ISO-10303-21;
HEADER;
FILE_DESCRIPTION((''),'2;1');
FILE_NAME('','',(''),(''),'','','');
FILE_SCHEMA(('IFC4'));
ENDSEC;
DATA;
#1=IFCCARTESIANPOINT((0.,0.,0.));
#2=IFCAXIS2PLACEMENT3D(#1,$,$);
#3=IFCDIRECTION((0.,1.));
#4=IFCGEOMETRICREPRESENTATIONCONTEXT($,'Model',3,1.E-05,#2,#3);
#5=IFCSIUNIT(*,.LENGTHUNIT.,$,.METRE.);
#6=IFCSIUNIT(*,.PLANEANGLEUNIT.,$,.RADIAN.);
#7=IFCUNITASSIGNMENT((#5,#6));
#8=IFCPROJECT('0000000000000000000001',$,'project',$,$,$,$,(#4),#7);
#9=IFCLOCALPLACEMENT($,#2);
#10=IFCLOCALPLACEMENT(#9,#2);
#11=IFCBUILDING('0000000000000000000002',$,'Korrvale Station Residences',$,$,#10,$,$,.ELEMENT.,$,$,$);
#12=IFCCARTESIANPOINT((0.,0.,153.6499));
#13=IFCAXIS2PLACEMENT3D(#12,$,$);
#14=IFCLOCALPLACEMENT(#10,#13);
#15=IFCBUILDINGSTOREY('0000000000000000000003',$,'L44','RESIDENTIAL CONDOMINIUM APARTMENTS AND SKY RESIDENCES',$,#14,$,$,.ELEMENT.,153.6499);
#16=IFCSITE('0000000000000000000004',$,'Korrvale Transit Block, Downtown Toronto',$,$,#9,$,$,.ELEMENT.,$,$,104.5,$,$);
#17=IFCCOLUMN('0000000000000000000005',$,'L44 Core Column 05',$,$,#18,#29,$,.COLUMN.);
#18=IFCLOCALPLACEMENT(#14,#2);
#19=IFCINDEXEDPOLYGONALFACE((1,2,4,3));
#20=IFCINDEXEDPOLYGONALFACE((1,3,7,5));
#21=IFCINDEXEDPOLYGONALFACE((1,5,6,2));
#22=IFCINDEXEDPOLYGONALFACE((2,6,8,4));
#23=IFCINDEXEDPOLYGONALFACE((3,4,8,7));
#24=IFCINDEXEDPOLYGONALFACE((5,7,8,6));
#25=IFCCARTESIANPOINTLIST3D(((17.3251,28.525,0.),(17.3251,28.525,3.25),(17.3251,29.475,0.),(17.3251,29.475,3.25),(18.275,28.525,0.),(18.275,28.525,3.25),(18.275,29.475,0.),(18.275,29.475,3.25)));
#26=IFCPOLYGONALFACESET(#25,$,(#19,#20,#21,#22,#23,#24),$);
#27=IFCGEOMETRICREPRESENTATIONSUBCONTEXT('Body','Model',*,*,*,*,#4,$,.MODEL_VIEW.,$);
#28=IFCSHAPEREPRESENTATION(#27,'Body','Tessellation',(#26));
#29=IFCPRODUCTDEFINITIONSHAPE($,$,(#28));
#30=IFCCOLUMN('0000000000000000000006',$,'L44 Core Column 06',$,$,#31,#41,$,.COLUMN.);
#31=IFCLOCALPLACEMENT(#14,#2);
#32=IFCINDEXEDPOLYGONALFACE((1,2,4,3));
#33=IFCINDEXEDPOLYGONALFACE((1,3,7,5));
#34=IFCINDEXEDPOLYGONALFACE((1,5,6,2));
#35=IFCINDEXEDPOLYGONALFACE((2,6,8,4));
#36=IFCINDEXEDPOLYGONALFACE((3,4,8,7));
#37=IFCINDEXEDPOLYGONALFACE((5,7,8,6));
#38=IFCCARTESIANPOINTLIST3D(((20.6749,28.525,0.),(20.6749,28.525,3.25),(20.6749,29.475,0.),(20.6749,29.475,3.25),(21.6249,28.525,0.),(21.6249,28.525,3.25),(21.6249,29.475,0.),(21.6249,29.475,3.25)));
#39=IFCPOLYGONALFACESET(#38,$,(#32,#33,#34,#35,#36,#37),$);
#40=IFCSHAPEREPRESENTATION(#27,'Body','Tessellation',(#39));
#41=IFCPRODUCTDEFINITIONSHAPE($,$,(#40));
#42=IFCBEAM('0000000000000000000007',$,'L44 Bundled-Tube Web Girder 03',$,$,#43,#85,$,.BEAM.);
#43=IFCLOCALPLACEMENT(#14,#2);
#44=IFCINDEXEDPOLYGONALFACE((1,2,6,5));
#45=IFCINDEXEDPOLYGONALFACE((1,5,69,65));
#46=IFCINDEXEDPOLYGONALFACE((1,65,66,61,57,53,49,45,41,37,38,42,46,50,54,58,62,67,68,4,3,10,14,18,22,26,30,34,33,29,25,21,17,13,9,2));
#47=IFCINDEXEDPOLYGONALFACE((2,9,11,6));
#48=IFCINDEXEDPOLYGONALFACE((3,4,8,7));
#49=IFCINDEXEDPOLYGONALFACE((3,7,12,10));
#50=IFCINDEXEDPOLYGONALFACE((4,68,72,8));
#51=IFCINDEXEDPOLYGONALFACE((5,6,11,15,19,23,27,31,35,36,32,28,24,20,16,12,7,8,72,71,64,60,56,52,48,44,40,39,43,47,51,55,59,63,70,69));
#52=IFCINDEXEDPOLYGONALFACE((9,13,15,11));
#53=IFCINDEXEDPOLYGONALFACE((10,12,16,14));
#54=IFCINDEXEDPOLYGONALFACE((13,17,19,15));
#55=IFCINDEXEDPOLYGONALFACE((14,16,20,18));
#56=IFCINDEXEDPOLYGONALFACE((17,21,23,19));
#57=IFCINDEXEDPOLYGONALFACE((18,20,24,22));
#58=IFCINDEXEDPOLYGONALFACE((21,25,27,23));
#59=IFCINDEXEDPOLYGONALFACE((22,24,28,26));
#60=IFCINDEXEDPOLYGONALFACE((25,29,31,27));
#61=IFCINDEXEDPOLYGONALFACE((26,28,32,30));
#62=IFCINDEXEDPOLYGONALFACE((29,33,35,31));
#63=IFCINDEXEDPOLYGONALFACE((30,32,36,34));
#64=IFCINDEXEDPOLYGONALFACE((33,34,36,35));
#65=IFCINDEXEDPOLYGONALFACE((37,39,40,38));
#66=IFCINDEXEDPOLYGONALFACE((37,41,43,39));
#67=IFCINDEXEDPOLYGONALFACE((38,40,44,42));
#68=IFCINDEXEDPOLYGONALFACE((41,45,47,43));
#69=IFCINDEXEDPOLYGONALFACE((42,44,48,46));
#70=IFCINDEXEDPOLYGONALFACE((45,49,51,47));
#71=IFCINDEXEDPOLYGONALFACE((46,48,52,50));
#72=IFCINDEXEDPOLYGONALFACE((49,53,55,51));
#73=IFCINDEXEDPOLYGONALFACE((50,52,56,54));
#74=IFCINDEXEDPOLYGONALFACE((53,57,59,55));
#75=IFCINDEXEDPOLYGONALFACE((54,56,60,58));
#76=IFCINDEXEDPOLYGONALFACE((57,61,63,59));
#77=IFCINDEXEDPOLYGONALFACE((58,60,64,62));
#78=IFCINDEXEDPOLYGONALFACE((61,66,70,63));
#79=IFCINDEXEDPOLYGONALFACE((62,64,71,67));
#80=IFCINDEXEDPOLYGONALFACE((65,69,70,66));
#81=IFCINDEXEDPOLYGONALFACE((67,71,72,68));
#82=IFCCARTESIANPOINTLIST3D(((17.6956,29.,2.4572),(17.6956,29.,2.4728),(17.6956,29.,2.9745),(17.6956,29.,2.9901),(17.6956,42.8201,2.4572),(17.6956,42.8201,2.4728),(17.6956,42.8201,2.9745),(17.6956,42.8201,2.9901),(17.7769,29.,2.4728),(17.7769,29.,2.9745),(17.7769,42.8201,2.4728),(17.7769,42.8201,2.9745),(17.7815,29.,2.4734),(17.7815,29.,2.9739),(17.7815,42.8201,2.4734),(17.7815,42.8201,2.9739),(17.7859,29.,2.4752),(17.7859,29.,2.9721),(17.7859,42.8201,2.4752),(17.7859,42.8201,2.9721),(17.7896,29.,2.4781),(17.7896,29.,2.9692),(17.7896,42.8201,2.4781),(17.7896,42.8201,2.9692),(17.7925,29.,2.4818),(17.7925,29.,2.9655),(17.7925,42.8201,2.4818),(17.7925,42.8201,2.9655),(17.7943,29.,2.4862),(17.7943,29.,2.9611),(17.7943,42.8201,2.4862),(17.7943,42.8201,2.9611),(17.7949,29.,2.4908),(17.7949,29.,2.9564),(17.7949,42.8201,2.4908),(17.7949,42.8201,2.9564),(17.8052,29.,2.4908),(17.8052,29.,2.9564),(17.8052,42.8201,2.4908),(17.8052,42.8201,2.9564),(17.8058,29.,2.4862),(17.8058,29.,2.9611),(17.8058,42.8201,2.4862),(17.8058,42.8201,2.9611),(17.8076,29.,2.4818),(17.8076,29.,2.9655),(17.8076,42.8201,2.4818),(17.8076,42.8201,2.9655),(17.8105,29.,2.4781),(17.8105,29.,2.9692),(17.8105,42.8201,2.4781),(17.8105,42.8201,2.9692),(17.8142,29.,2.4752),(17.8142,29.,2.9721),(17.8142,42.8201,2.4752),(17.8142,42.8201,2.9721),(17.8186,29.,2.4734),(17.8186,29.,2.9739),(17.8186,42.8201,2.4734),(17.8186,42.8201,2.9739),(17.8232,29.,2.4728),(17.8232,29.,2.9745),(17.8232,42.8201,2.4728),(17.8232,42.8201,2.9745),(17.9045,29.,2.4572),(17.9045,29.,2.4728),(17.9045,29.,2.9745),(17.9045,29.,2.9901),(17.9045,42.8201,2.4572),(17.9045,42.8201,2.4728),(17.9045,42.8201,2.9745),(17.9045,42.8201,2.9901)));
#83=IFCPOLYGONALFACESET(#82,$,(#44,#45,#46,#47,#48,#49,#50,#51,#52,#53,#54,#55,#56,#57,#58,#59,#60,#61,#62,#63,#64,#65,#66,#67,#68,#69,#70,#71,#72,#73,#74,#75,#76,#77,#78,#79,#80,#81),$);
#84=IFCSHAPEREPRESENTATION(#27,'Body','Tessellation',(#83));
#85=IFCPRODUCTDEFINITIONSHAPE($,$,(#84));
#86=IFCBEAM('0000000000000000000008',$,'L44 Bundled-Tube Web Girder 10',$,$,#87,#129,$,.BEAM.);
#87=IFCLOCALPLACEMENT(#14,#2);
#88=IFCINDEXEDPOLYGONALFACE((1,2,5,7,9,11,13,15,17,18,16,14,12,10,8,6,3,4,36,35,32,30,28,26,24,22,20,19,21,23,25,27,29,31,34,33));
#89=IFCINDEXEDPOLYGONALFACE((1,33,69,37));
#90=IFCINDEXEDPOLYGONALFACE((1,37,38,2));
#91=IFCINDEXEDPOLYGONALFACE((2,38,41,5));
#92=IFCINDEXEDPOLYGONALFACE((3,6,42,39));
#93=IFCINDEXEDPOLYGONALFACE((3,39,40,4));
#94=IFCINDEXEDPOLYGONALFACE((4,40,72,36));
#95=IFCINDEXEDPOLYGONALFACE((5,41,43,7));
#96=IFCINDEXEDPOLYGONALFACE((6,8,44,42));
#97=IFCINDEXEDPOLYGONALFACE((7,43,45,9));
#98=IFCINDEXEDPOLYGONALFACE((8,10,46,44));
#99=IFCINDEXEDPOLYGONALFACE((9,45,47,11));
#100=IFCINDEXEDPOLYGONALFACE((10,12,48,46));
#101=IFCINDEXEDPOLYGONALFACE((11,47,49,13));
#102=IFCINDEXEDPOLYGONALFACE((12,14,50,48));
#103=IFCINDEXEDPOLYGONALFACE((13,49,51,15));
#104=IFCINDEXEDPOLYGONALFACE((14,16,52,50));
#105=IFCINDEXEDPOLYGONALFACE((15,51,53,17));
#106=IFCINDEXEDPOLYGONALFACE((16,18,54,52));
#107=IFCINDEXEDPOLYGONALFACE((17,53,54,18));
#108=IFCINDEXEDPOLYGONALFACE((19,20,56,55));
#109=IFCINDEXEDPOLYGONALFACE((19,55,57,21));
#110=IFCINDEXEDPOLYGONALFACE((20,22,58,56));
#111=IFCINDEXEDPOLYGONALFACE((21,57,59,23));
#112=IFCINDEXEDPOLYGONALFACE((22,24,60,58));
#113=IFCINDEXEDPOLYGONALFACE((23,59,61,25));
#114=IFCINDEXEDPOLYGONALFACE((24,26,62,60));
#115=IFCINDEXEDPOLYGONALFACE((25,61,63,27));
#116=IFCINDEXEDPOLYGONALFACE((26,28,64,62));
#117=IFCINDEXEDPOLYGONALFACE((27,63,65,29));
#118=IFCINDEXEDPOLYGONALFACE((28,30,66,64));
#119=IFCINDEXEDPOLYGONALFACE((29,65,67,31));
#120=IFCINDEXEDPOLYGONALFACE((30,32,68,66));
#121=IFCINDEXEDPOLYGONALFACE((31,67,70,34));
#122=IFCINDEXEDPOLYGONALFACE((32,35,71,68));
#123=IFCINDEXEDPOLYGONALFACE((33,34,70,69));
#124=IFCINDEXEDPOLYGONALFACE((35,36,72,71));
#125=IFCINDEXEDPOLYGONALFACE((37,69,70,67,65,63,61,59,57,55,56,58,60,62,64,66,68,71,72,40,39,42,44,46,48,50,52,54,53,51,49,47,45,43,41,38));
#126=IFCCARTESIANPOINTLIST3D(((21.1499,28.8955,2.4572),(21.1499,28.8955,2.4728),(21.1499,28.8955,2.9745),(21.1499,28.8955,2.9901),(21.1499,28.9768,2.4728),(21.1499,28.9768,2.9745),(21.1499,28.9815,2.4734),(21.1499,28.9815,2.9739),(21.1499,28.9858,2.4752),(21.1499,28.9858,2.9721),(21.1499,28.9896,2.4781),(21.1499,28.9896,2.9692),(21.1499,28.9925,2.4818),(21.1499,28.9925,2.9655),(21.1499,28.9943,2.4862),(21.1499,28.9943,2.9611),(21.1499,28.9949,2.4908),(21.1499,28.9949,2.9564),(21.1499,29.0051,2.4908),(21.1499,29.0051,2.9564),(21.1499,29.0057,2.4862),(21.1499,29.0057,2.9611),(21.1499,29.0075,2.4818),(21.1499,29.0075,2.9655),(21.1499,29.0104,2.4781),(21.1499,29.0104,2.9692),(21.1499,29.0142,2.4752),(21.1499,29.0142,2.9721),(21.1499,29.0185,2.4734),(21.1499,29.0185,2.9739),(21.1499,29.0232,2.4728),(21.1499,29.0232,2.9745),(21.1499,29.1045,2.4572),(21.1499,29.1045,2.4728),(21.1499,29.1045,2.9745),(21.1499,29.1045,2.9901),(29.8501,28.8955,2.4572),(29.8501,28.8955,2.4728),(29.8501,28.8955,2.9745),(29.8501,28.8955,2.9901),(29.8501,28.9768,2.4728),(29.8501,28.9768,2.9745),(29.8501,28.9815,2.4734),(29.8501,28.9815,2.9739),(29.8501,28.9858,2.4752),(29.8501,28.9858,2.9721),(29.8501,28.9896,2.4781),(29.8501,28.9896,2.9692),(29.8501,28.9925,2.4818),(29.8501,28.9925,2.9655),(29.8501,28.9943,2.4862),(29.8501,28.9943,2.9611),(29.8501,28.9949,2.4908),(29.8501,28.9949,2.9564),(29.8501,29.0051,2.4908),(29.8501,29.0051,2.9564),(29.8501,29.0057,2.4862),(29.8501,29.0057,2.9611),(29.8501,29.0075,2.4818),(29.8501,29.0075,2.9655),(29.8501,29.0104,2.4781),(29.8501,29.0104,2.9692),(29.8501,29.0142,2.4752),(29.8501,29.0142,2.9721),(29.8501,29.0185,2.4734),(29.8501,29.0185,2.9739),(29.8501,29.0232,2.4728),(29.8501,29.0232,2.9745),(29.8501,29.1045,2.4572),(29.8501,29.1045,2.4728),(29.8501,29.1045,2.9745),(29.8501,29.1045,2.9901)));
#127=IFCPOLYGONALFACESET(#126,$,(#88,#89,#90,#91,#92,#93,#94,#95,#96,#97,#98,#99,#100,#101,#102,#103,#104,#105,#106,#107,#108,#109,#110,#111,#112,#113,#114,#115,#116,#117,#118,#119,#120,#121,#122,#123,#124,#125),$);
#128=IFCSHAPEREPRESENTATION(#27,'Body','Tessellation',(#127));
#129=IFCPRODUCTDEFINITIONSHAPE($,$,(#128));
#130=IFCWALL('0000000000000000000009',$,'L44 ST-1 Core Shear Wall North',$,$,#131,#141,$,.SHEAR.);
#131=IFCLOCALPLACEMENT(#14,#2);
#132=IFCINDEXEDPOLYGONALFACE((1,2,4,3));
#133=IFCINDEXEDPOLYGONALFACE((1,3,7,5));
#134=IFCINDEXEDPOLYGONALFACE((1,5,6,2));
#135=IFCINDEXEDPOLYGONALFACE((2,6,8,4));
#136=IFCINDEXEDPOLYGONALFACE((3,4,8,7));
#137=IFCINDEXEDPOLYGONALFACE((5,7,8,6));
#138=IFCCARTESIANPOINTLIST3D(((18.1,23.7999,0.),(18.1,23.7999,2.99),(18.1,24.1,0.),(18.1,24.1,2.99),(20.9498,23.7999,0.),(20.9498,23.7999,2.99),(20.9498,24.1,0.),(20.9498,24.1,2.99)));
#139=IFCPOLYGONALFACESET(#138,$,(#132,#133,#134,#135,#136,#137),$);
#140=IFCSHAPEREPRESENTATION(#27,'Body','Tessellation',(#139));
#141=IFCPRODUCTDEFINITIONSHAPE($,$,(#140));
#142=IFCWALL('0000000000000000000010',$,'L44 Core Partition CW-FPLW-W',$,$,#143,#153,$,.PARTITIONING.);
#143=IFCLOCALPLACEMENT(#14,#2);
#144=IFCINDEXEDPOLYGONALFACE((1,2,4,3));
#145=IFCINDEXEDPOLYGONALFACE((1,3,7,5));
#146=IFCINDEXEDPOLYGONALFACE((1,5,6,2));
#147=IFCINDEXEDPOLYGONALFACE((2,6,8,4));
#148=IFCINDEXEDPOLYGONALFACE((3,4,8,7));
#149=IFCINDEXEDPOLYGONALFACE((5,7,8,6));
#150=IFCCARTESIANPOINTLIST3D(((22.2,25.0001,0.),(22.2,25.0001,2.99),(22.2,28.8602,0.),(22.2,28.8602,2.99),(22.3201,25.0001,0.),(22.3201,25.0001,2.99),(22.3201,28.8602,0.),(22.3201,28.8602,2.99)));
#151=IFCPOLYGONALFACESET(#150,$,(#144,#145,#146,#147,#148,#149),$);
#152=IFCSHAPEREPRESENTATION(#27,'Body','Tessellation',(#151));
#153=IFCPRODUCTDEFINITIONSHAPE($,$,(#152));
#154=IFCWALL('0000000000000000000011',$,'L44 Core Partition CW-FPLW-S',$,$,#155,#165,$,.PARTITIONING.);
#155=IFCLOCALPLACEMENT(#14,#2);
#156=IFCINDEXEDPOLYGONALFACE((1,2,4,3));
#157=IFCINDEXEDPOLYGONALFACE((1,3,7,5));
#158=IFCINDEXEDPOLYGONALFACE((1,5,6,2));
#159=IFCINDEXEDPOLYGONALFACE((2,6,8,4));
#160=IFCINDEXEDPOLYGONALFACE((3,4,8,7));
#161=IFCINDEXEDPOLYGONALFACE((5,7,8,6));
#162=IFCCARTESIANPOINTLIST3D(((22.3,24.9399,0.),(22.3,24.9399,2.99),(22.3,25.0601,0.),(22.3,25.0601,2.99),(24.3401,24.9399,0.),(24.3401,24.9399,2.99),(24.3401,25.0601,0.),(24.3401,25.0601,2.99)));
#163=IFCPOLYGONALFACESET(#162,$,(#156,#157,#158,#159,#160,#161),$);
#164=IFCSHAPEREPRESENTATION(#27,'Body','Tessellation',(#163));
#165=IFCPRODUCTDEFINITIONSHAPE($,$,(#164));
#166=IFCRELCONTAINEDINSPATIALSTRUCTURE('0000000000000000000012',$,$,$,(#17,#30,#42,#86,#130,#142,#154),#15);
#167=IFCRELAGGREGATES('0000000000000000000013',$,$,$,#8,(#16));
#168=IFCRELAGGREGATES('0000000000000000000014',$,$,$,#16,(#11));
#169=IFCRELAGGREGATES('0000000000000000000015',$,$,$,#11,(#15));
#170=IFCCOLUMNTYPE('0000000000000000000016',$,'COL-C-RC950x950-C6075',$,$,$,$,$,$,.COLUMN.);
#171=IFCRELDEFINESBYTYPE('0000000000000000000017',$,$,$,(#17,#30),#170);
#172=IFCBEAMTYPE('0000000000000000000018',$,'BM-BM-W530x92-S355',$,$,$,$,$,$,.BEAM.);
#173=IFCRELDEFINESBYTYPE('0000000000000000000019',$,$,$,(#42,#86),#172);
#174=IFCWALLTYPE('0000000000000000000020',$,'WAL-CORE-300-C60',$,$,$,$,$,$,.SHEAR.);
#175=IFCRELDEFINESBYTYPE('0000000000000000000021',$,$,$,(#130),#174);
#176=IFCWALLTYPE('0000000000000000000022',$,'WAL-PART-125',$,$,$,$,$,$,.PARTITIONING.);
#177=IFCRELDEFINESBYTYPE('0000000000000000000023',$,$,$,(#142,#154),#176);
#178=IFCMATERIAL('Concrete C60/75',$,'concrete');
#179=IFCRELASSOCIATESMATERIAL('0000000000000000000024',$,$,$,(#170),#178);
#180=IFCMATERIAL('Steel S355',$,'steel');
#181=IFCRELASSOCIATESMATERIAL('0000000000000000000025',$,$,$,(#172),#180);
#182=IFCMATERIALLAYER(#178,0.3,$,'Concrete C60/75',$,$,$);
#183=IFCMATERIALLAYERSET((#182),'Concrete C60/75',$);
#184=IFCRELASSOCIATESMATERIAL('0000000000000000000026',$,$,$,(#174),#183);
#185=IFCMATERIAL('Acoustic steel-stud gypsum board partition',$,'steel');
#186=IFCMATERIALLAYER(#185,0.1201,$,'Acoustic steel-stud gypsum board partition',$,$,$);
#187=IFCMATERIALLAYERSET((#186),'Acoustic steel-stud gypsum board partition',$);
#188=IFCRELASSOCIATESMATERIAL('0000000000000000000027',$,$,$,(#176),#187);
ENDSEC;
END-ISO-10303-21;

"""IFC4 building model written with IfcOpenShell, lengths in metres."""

from ifc_helpers import new_model, si_unit, direction, frame, frame_2d, origin, origin_2d, place, context, subcontext, project, spatial, rectangle, i_section, extrude, material, layer, layer_set, material_profile, profile_set, type_object, element, save


model = new_model("IFC4")

# Units and contexts
model_context = context("Model", 3, precision=1e-05, world=origin(), true_north=direction((0.0, 1.0)))
body_context = subcontext(model_context, "Body", "Model", "MODEL_VIEW")
ifc_project = project(units=[si_unit("LENGTHUNIT", "METRE"), si_unit("PLANEANGLEUNIT", "RADIAN")], contexts=[model_context])

# Site, building, storey
site_placement = place(None, origin())
site = spatial("IfcSite", under=ifc_project, at=site_placement, Name="Korrvale Transit Block, Downtown Toronto", CompositionType="ELEMENT", RefElevation=104.5)
building_placement = place(site_placement, origin())
building = spatial("IfcBuilding", under=site, at=building_placement, Name="Korrvale Station Residences", CompositionType="ELEMENT")
storey_placement = place(building_placement, frame((0.0, 0.0, 153.6499)))
storey = spatial("IfcBuildingStorey", under=building, at=storey_placement, Name="L44", Description="RESIDENTIAL CONDOMINIUM APARTMENTS AND SKY RESIDENCES", CompositionType="ELEMENT", Elevation=153.6499)

# Columns
ifc_material_1 = material(Name="Concrete C60/75", Category="concrete")
ifc_material_profile_1 = material_profile(ifc_material_1, rectangle(XDim=0.95, YDim=0.95, at=origin_2d()), Name="RC950x950")
ifc_profile_set_1 = profile_set([ifc_material_profile_1], Name="Concrete C60/75")
column_type = type_object("IfcColumnType", Name="COL-C-RC950x950-C6075", PredefinedType="COLUMN", material=ifc_profile_set_1)
for number, where, z_axis, x_axis, name in (
    (1, (17.8, 29.0, 0.0), (0.0, 0.0, 1.0), (1.0, 0.0, 0.0), "L44 Core Column 05"),
    (2, (21.1499, 29.0, 0.0), (0.0, 0.0, 1.0), (1.0, 0.0, 0.0), "L44 Core Column 06"),
):
    element("IfcColumn", number, at=place(storey_placement, frame(where, z_axis=z_axis, x_axis=x_axis)), inside=storey, type_object=column_type, Name=name, PredefinedType="COLUMN", context=body_context, shape_type="SweptSolid", body=[
        extrude(rectangle(XDim=0.95, YDim=0.95, at=origin_2d()), origin(), (0.0, 0.0, 1.0), 3.25),
    ])

# Beams
ifc_material_2 = material(Name="Steel S355", Category="steel")
ifc_material_profile_2 = material_profile(ifc_material_2, i_section(OverallWidth=0.209, OverallDepth=0.533, WebThickness=0.0103, FlangeThickness=0.0156, FilletRadius=0.0181, at=origin_2d()), Name="W530x92")
ifc_profile_set_2 = profile_set([ifc_material_profile_2], Name="Steel S355")
beam_type = type_object("IfcBeamType", Name="BM-BM-W530x92-S355", PredefinedType="BEAM", material=ifc_profile_set_2)
beam_1_placement = place(storey_placement, frame((17.8, 29.0, 2.7236), z_axis=(0.0, 1.0, 0.0), x_axis=(-1.0, 0.0, 0.0)))
element("IfcBeam", 3, at=beam_1_placement, inside=storey, type_object=beam_type, Name="L44 Bundled-Tube Web Girder 03", PredefinedType="BEAM", context=body_context, shape_type="SweptSolid", body=[
    extrude(i_section(OverallWidth=0.209, OverallDepth=0.533, WebThickness=0.0103, FlangeThickness=0.0156, FilletRadius=0.0181, at=origin_2d()), origin(), (0.0, 0.0, 1.0), 13.8201),
])
beam_2_placement = place(storey_placement, frame((21.1499, 29.0, 2.7236), z_axis=(1.0, 0.0, 0.0), x_axis=(0.0, 1.0, 0.0)))
element("IfcBeam", 4, at=beam_2_placement, inside=storey, type_object=beam_type, Name="L44 Bundled-Tube Web Girder 10", PredefinedType="BEAM", context=body_context, shape_type="SweptSolid", body=[
    extrude(i_section(OverallWidth=0.209, OverallDepth=0.533, WebThickness=0.0103, FlangeThickness=0.0156, FilletRadius=0.0181, at=origin_2d()), origin(), (0.0, 0.0, 1.0), 8.7002),
])

# Walls
ifc_layer_1 = layer(ifc_material_1, 0.3, Name="Concrete C60/75")
ifc_layer_set_1 = layer_set([ifc_layer_1], Name="Concrete C60/75")
wall_type_1 = type_object("IfcWallType", Name="WAL-CORE-300-C60", PredefinedType="SHEAR", material=ifc_layer_set_1)
wall_1_placement = place(storey_placement, frame((18.1001, 23.95, 0.0), z_axis=(0.0, 0.0, 1.0), x_axis=(1.0, 0.0, 0.0)))
element("IfcWall", 5, at=wall_1_placement, inside=storey, type_object=wall_type_1, Name="L44 ST-1 Core Shear Wall North", PredefinedType="SHEAR", context=body_context, shape_type="SweptSolid", body=[
    extrude(rectangle(XDim=2.8499, YDim=0.3, at=frame_2d((1.4248, 0.0))), origin(), (0.0, 0.0, 1.0), 2.99),
])
ifc_material_3 = material(Name="Acoustic steel-stud gypsum board partition", Category="steel")
ifc_layer_2 = layer(ifc_material_3, 0.1201, Name="Acoustic steel-stud gypsum board partition")
ifc_layer_set_2 = layer_set([ifc_layer_2], Name="Acoustic steel-stud gypsum board partition")
wall_type_2 = type_object("IfcWallType", Name="WAL-PART-125", PredefinedType="PARTITIONING", material=ifc_layer_set_2)
wall_2_placement = place(storey_placement, frame((22.26, 25.0, 0.0), z_axis=(0.0, 0.0, 1.0), x_axis=(0.0, 1.0, 0.0)))
element("IfcWall", 6, at=wall_2_placement, inside=storey, type_object=wall_type_2, Name="L44 Core Partition CW-FPLW-W", PredefinedType="PARTITIONING", context=body_context, shape_type="SweptSolid", body=[
    extrude(rectangle(XDim=3.8601, YDim=0.1201, at=frame_2d((1.9302, 0.0))), origin(), (0.0, 0.0, 1.0), 2.99),
])
wall_3_placement = place(storey_placement, frame((22.3, 25.0, 0.0), z_axis=(0.0, 0.0, 1.0), x_axis=(1.0, 0.0, 0.0)))
element("IfcWall", 7, at=wall_3_placement, inside=storey, type_object=wall_type_2, Name="L44 Core Partition CW-FPLW-S", PredefinedType="PARTITIONING", context=body_context, shape_type="SweptSolid", body=[
    extrude(rectangle(XDim=2.04, YDim=0.1201, at=frame_2d((1.02, 0.0))), origin(), (0.0, 0.0, 1.0), 2.99),
])

save(model, "model.ifc")
